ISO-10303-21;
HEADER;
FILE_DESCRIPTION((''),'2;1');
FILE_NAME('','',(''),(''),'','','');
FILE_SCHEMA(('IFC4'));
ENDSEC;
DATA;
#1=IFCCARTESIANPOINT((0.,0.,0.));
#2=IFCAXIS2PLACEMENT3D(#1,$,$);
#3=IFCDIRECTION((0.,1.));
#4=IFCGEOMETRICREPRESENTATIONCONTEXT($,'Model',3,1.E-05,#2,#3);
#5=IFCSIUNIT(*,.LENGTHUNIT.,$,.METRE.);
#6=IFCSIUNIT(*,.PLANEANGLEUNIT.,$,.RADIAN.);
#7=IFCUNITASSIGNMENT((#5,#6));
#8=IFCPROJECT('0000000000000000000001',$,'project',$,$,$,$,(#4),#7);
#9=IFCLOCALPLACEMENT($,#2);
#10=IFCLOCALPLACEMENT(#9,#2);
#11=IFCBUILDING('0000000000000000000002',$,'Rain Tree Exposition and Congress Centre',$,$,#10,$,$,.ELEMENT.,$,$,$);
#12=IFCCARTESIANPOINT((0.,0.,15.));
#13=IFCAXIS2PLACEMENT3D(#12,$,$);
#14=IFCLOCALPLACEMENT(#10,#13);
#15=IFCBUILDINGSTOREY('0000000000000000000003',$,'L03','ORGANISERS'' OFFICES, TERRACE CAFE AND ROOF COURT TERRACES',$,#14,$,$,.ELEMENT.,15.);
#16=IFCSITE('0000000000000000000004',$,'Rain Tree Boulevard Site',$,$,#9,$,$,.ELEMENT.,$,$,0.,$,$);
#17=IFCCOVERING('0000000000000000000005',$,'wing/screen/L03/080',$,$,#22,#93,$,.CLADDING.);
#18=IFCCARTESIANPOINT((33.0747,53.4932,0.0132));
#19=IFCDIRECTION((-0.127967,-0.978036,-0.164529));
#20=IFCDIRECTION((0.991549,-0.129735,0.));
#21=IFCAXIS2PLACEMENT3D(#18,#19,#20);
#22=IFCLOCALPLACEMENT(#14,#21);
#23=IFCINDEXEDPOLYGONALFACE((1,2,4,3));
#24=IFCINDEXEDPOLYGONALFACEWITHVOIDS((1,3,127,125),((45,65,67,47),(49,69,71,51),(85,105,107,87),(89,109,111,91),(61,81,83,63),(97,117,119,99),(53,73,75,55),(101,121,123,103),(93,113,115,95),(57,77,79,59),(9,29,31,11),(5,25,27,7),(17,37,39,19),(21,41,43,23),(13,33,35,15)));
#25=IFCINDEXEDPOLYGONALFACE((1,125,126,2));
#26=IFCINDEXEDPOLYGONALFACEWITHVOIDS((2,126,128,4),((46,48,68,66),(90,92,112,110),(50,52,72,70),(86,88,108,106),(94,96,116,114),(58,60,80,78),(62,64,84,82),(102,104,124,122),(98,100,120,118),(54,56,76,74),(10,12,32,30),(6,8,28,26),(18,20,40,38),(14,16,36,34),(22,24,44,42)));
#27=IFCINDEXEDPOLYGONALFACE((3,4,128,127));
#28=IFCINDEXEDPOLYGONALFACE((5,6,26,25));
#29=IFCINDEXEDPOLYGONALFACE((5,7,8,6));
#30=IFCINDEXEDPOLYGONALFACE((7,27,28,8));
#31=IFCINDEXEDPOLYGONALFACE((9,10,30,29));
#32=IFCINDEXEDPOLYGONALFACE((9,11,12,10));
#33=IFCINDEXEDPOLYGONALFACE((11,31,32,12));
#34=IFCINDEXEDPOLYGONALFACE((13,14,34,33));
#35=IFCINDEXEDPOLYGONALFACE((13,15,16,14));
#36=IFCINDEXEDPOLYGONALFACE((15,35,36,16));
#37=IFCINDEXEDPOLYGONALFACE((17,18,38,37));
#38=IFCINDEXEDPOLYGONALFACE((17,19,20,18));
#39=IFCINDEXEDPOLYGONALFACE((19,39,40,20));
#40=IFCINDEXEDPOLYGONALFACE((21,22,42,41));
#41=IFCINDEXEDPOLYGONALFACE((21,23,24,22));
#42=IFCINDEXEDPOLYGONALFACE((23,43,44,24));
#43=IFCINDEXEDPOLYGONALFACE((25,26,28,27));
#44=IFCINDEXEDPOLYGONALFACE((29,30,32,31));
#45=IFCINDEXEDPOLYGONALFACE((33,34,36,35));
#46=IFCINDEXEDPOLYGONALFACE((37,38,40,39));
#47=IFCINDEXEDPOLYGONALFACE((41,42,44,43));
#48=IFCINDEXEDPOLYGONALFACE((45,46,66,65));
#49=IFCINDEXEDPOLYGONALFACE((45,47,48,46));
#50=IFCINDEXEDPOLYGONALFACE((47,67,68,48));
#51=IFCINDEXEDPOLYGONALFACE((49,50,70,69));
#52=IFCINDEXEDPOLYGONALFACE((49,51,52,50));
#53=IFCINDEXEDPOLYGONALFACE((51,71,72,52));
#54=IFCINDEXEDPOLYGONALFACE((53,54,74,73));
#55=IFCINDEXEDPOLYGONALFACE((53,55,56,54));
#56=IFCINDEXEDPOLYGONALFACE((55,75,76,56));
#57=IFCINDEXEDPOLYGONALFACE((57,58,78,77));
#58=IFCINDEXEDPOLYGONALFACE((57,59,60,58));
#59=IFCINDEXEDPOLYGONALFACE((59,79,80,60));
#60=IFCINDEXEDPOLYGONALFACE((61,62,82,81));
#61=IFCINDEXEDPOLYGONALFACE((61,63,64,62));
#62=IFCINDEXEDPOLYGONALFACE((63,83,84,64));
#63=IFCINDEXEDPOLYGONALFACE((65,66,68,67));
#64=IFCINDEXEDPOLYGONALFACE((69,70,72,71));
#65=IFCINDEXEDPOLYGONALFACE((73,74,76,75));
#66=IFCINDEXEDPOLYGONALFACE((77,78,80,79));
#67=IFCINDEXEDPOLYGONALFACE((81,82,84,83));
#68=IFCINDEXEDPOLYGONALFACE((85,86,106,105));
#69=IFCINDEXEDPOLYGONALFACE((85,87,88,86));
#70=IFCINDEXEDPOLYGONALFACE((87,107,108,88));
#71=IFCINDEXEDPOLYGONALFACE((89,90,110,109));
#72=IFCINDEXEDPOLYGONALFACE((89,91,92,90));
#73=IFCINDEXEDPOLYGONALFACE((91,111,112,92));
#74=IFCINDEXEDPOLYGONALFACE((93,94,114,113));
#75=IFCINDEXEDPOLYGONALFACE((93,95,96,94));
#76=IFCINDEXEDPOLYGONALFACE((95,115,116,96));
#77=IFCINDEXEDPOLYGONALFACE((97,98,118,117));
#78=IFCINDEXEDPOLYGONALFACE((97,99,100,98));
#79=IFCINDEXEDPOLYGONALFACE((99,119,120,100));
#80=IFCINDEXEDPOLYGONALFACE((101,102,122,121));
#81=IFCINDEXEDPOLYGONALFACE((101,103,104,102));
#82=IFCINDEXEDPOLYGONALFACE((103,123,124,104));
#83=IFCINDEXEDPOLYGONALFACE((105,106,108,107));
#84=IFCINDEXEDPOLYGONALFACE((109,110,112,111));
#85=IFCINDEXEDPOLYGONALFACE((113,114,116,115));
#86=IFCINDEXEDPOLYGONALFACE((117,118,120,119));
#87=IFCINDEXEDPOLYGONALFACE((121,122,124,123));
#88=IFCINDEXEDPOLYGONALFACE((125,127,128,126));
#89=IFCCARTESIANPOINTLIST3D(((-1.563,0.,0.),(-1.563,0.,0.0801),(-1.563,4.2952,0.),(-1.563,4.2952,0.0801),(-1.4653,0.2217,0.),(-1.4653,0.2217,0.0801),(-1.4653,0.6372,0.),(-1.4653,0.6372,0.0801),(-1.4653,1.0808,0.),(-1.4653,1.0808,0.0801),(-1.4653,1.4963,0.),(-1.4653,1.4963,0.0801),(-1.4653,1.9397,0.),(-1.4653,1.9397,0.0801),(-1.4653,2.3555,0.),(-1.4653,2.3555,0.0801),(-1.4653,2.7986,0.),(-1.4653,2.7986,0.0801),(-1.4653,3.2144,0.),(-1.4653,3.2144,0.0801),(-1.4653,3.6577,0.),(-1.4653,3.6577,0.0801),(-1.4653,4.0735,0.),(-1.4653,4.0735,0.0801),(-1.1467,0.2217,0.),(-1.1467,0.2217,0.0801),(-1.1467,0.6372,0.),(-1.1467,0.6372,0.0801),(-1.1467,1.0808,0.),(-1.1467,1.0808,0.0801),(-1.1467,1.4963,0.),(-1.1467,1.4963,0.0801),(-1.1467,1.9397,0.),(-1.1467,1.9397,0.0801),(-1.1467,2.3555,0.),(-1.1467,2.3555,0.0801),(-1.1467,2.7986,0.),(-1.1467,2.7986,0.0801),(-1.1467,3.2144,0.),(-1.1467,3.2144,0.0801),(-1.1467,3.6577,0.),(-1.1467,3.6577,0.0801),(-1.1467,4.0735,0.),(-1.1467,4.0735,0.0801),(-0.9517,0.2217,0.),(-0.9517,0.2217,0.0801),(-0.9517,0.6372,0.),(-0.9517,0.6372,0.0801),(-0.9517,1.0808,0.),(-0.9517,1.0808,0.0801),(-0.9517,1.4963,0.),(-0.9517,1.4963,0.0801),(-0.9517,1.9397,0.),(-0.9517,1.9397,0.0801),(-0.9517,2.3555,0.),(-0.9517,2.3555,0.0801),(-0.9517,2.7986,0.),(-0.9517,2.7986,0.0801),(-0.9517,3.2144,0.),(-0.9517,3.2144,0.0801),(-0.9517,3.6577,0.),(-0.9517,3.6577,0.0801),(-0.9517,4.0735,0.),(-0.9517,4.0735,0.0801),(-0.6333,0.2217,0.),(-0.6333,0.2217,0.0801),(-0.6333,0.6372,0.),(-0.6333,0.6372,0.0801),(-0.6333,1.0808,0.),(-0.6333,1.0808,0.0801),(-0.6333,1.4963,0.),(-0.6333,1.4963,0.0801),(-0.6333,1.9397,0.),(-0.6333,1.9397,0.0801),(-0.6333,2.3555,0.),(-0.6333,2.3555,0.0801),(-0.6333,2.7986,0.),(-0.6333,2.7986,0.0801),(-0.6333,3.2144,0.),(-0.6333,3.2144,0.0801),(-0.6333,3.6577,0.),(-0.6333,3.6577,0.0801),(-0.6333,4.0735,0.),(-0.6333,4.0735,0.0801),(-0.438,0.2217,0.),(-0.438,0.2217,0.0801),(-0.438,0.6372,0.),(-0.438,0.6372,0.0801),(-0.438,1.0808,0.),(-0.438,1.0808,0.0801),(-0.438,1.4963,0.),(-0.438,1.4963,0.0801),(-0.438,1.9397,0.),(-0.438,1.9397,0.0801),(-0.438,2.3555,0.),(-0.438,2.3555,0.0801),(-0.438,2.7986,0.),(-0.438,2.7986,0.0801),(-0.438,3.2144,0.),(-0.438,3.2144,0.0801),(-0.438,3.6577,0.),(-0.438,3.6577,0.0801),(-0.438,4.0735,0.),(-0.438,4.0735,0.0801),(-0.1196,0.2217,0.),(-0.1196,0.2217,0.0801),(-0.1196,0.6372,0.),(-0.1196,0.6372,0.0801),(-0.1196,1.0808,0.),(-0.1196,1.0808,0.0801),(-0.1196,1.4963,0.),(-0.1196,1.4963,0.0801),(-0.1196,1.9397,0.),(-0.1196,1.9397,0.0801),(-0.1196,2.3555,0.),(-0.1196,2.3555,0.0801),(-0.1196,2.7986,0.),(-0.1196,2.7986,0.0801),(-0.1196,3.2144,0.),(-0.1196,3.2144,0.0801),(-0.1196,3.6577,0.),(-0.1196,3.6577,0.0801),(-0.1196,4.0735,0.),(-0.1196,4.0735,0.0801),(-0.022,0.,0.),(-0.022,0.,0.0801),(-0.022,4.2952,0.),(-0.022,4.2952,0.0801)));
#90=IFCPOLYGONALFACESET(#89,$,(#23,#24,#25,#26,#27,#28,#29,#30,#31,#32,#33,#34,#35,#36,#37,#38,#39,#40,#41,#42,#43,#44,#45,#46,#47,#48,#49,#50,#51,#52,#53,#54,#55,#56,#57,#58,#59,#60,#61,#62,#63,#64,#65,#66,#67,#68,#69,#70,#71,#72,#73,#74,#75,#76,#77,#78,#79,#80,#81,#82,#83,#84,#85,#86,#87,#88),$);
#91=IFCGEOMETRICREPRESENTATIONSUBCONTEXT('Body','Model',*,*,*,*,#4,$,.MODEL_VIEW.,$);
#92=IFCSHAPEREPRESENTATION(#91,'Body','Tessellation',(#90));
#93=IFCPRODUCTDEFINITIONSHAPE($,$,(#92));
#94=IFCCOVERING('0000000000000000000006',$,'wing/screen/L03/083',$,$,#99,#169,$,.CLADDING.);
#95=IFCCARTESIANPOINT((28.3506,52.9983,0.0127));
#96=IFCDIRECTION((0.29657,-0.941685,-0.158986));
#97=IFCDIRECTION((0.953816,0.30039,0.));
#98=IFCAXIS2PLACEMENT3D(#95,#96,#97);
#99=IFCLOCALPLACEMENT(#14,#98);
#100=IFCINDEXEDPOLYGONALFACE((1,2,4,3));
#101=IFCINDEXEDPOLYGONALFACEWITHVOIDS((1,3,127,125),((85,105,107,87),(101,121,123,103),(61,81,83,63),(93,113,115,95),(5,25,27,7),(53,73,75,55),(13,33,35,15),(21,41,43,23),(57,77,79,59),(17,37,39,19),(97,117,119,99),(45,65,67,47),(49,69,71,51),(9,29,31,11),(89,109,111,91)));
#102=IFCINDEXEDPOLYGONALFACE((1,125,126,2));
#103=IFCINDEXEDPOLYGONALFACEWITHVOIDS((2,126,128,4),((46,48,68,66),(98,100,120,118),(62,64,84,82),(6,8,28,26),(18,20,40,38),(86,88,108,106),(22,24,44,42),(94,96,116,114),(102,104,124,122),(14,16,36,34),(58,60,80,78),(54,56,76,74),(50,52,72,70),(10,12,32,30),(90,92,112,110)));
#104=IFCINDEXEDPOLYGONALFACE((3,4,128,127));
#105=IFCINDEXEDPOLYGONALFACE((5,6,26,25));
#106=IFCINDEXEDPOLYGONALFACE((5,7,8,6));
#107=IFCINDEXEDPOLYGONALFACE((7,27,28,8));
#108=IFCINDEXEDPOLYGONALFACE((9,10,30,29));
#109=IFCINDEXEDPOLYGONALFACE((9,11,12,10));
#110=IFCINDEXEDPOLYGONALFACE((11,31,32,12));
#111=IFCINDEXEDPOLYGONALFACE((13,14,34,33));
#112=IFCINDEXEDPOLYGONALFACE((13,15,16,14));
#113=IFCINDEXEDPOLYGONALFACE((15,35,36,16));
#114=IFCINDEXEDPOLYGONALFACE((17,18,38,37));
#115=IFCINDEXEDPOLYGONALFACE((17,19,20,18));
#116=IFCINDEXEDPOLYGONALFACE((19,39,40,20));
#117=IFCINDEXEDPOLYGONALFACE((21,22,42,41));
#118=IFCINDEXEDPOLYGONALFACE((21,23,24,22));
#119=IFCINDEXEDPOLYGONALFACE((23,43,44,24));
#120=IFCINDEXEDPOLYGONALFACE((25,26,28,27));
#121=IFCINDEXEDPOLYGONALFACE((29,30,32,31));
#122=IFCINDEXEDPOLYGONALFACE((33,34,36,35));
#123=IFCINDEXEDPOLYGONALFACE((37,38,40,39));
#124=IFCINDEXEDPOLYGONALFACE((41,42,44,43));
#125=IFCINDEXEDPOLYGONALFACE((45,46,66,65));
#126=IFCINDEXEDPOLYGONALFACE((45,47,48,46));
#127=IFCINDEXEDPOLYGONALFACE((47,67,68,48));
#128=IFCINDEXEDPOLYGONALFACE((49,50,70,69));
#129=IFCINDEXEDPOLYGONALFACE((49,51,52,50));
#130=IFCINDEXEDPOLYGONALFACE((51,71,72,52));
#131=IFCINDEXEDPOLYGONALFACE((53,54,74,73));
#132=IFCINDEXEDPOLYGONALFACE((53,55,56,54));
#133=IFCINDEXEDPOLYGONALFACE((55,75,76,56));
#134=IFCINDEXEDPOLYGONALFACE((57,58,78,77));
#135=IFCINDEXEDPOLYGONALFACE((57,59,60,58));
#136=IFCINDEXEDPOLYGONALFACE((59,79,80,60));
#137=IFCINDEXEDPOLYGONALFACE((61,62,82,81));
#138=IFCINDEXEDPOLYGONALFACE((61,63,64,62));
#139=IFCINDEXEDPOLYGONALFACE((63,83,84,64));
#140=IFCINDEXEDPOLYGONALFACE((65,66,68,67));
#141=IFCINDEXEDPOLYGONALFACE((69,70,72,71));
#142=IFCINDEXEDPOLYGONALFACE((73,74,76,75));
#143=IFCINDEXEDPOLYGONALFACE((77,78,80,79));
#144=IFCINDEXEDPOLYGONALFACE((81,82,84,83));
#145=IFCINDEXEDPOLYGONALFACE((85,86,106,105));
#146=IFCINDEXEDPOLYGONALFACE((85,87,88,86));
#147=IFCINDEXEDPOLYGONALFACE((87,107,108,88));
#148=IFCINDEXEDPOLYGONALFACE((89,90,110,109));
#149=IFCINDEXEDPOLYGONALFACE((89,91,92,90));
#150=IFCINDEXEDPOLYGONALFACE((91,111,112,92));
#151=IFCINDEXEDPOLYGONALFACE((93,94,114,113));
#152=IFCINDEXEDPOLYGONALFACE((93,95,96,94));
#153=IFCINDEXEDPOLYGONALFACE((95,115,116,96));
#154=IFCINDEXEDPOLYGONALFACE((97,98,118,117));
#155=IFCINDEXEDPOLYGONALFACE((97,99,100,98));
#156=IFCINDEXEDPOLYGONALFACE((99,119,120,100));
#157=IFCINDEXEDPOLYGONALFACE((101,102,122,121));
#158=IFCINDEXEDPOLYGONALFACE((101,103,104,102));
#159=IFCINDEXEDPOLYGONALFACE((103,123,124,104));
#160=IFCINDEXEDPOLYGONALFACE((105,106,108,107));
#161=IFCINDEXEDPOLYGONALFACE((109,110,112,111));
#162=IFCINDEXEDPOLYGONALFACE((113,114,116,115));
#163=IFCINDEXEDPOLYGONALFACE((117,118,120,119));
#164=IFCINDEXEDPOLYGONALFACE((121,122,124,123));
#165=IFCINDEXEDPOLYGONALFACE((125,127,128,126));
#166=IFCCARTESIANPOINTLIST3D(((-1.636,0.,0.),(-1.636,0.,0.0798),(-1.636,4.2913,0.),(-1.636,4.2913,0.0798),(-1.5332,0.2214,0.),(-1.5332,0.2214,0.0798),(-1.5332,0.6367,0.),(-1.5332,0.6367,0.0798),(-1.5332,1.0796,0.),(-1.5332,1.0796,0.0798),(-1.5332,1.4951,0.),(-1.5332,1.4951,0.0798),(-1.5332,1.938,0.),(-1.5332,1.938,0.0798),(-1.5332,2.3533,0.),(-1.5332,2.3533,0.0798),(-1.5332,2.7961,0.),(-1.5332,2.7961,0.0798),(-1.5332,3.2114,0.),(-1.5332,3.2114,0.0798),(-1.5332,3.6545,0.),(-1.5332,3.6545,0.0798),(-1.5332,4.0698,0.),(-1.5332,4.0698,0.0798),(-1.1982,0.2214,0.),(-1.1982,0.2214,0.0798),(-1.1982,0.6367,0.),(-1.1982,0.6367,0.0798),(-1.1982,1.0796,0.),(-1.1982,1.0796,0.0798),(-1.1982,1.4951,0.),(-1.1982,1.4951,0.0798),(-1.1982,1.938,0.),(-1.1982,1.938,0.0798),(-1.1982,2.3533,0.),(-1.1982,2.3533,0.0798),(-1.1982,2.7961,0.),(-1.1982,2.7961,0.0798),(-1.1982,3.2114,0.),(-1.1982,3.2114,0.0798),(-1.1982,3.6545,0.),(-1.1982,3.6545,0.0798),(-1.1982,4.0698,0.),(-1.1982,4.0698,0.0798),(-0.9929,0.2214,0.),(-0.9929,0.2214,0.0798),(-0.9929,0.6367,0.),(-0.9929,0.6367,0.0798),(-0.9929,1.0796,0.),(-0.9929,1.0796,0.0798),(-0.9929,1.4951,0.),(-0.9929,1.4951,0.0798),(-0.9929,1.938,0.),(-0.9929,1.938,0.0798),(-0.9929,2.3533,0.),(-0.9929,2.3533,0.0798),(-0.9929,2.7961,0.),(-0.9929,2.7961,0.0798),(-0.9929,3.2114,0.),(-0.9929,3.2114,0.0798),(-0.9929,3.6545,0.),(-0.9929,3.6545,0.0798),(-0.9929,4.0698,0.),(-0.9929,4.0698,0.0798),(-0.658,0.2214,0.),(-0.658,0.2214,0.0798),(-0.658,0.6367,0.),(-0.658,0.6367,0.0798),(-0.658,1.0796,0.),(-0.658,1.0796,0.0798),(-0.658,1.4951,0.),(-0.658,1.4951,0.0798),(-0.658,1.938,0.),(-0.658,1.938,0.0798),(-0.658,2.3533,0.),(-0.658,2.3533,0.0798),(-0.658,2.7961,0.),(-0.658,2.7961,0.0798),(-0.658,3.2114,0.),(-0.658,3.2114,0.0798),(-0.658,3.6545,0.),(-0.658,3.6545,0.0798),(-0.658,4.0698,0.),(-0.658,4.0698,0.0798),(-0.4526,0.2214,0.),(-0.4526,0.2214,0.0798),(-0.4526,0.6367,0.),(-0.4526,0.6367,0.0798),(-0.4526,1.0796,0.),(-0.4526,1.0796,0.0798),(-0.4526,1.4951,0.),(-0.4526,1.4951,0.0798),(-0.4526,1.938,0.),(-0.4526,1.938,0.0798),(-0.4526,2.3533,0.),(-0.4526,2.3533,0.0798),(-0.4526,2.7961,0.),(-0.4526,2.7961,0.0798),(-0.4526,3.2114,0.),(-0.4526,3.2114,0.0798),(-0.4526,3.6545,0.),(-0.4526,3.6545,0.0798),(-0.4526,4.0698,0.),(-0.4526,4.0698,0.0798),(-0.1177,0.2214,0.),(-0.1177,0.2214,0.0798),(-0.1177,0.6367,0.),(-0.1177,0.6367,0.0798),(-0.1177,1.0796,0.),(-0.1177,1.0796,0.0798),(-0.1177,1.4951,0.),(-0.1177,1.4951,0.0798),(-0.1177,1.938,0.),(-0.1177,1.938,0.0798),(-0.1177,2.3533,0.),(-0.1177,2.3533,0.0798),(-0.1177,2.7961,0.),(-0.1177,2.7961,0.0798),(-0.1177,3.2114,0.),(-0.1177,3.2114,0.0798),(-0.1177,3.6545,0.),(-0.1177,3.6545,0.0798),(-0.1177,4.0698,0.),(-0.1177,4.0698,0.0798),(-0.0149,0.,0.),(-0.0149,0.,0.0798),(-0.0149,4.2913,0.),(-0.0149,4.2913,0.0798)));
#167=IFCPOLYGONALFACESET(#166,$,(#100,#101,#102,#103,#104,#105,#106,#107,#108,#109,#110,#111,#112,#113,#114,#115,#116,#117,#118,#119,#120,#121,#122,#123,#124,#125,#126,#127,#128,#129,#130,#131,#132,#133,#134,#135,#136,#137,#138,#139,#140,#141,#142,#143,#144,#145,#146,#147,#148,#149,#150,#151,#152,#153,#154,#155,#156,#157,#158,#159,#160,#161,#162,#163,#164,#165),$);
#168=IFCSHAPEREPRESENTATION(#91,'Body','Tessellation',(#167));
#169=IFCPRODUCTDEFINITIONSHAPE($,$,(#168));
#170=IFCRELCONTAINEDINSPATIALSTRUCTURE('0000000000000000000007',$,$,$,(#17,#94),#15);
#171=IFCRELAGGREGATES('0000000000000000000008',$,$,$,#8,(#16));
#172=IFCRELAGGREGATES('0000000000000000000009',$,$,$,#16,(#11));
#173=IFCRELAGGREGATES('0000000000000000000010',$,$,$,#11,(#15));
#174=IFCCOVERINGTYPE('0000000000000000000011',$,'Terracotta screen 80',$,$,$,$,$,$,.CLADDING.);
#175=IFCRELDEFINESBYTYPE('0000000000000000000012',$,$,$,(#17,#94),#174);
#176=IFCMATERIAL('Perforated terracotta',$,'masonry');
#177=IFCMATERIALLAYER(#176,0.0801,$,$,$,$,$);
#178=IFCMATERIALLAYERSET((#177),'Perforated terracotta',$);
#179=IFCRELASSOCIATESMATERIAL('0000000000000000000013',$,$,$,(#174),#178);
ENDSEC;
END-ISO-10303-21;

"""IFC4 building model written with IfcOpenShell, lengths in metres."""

from ifc_helpers import new_model, si_unit, direction, frame, origin, place, context, subcontext, project, spatial, polyline, outline, extrude, material, layer, layer_set, type_object, element, save


model = new_model("IFC4")

# Units and contexts
model_context = context("Model", 3, precision=1e-05, world=origin(), true_north=direction((0.0, 1.0)))
body_context = subcontext(model_context, "Body", "Model", "MODEL_VIEW")
ifc_project = project(units=[si_unit("LENGTHUNIT", "METRE"), si_unit("PLANEANGLEUNIT", "RADIAN")], contexts=[model_context])

# Site, building, storey
site_placement = place(None, origin())
site = spatial("IfcSite", under=ifc_project, at=site_placement, Name="Rain Tree Boulevard Site", CompositionType="ELEMENT", RefElevation=0.0)
building_placement = place(site_placement, origin())
building = spatial("IfcBuilding", under=site, at=building_placement, Name="Rain Tree Exposition and Congress Centre", CompositionType="ELEMENT")
storey_placement = place(building_placement, frame((0.0, 0.0, 15.0)))
storey = spatial("IfcBuildingStorey", under=building, at=storey_placement, Name="L03", Description="ORGANISERS' OFFICES, TERRACE CAFE AND ROOF COURT TERRACES", CompositionType="ELEMENT", Elevation=15.0)

# Coverings
ifc_material_1 = material(Name="Perforated terracotta", Category="masonry")
ifc_layer = layer(ifc_material_1, 0.0801)
ifc_layer_set = layer_set([ifc_layer], Name="Perforated terracotta")
covering_type = type_object("IfcCoveringType", Name="Terracotta screen 80", PredefinedType="CLADDING", material=ifc_layer_set)
covering_1_placement = place(storey_placement, frame((33.0747, 53.4932, 0.0132), z_axis=(-0.127967, -0.978036, -0.164529), x_axis=(0.991549, -0.129735, 0.0)))
element("IfcCovering", 1, at=covering_1_placement, inside=storey, type_object=covering_type, Name="wing/screen/L03/080", PredefinedType="CLADDING", context=body_context, shape_type="SweptSolid", body=[
    extrude(outline(polyline([(-1.563, 0.0), (-1.563, 4.2952), (-0.022, 4.2952), (-0.022, 0.0), (-1.563, 0.0)]), holes=[polyline([(-0.1196, 0.2217), (-0.1196, 0.6372), (-0.438, 0.6372), (-0.438, 0.2217), (-0.1196, 0.2217)]), polyline([(-0.1196, 1.0808), (-0.1196, 1.4963), (-0.438, 1.4963), (-0.438, 1.0808), (-0.1196, 1.0808)]), polyline([(-0.1196, 1.9397), (-0.1196, 2.3555), (-0.438, 2.3555), (-0.438, 1.9397), (-0.1196, 1.9397)]), polyline([(-0.1196, 2.7986), (-0.1196, 3.2144), (-0.438, 3.2144), (-0.438, 2.7986), (-0.1196, 2.7986)]), polyline([(-0.1196, 3.6577), (-0.1196, 4.0735), (-0.438, 4.0735), (-0.438, 3.6577), (-0.1196, 3.6577)]), polyline([(-0.6333, 0.2217), (-0.6333, 0.6372), (-0.9517, 0.6372), (-0.9517, 0.2217), (-0.6333, 0.2217)]), polyline([(-0.6333, 1.0808), (-0.6333, 1.4963), (-0.9517, 1.4963), (-0.9517, 1.0808), (-0.6333, 1.0808)]), polyline([(-0.6333, 1.9397), (-0.6333, 2.3555), (-0.9517, 2.3555), (-0.9517, 1.9397), (-0.6333, 1.9397)]), polyline([(-0.6333, 2.7986), (-0.6333, 3.2144), (-0.9517, 3.2144), (-0.9517, 2.7986), (-0.6333, 2.7986)]), polyline([(-0.6333, 3.6577), (-0.6333, 4.0735), (-0.9517, 4.0735), (-0.9517, 3.6577), (-0.6333, 3.6577)]), polyline([(-1.1467, 0.2217), (-1.1467, 0.6372), (-1.4653, 0.6372), (-1.4653, 0.2217), (-1.1467, 0.2217)]), polyline([(-1.1467, 1.0808), (-1.1467, 1.4963), (-1.4653, 1.4963), (-1.4653, 1.0808), (-1.1467, 1.0808)]), polyline([(-1.1467, 1.9397), (-1.1467, 2.3555), (-1.4653, 2.3555), (-1.4653, 1.9397), (-1.1467, 1.9397)]), polyline([(-1.1467, 2.7986), (-1.1467, 3.2144), (-1.4653, 3.2144), (-1.4653, 2.7986), (-1.1467, 2.7986)]), polyline([(-1.1467, 3.6577), (-1.1467, 4.0735), (-1.4653, 4.0735), (-1.4653, 3.6577), (-1.1467, 3.6577)])]), origin(), (0.0, 0.0, 1.0), 0.0801),
])
covering_2_placement = place(storey_placement, frame((28.3506, 52.9983, 0.0127), z_axis=(0.29657, -0.941685, -0.158986), x_axis=(0.953816, 0.30039, 0.0)))
element("IfcCovering", 2, at=covering_2_placement, inside=storey, type_object=covering_type, Name="wing/screen/L03/083", PredefinedType="CLADDING", context=body_context, shape_type="SweptSolid", body=[
    extrude(outline(polyline([(-1.636, 0.0), (-1.636, 4.2913), (-0.0149, 4.2913), (-0.0149, 0.0), (-1.636, 0.0)]), holes=[polyline([(-0.1177, 0.2214), (-0.1177, 0.6367), (-0.4526, 0.6367), (-0.4526, 0.2214), (-0.1177, 0.2214)]), polyline([(-0.1177, 1.0796), (-0.1177, 1.4951), (-0.4526, 1.4951), (-0.4526, 1.0796), (-0.1177, 1.0796)]), polyline([(-0.1177, 1.938), (-0.1177, 2.3533), (-0.4526, 2.3533), (-0.4526, 1.938), (-0.1177, 1.938)]), polyline([(-0.1177, 2.7961), (-0.1177, 3.2114), (-0.4526, 3.2114), (-0.4526, 2.7961), (-0.1177, 2.7961)]), polyline([(-0.1177, 3.6545), (-0.1177, 4.0698), (-0.4526, 4.0698), (-0.4526, 3.6545), (-0.1177, 3.6545)]), polyline([(-0.658, 0.2214), (-0.658, 0.6367), (-0.9929, 0.6367), (-0.9929, 0.2214), (-0.658, 0.2214)]), polyline([(-0.658, 1.0796), (-0.658, 1.4951), (-0.9929, 1.4951), (-0.9929, 1.0796), (-0.658, 1.0796)]), polyline([(-0.658, 1.938), (-0.658, 2.3533), (-0.9929, 2.3533), (-0.9929, 1.938), (-0.658, 1.938)]), polyline([(-0.658, 2.7961), (-0.658, 3.2114), (-0.9929, 3.2114), (-0.9929, 2.7961), (-0.658, 2.7961)]), polyline([(-0.658, 3.6545), (-0.658, 4.0698), (-0.9929, 4.0698), (-0.9929, 3.6545), (-0.658, 3.6545)]), polyline([(-1.1982, 0.2214), (-1.1982, 0.6367), (-1.5332, 0.6367), (-1.5332, 0.2214), (-1.1982, 0.2214)]), polyline([(-1.1982, 1.0796), (-1.1982, 1.4951), (-1.5332, 1.4951), (-1.5332, 1.0796), (-1.1982, 1.0796)]), polyline([(-1.1982, 1.938), (-1.1982, 2.3533), (-1.5332, 2.3533), (-1.5332, 1.938), (-1.1982, 1.938)]), polyline([(-1.1982, 2.7961), (-1.1982, 3.2114), (-1.5332, 3.2114), (-1.5332, 2.7961), (-1.1982, 2.7961)]), polyline([(-1.1982, 3.6545), (-1.1982, 4.0698), (-1.5332, 4.0698), (-1.5332, 3.6545), (-1.1982, 3.6545)])]), origin(), (0.0, 0.0, 1.0), 0.0798),
])

save(model, "model.ifc")
